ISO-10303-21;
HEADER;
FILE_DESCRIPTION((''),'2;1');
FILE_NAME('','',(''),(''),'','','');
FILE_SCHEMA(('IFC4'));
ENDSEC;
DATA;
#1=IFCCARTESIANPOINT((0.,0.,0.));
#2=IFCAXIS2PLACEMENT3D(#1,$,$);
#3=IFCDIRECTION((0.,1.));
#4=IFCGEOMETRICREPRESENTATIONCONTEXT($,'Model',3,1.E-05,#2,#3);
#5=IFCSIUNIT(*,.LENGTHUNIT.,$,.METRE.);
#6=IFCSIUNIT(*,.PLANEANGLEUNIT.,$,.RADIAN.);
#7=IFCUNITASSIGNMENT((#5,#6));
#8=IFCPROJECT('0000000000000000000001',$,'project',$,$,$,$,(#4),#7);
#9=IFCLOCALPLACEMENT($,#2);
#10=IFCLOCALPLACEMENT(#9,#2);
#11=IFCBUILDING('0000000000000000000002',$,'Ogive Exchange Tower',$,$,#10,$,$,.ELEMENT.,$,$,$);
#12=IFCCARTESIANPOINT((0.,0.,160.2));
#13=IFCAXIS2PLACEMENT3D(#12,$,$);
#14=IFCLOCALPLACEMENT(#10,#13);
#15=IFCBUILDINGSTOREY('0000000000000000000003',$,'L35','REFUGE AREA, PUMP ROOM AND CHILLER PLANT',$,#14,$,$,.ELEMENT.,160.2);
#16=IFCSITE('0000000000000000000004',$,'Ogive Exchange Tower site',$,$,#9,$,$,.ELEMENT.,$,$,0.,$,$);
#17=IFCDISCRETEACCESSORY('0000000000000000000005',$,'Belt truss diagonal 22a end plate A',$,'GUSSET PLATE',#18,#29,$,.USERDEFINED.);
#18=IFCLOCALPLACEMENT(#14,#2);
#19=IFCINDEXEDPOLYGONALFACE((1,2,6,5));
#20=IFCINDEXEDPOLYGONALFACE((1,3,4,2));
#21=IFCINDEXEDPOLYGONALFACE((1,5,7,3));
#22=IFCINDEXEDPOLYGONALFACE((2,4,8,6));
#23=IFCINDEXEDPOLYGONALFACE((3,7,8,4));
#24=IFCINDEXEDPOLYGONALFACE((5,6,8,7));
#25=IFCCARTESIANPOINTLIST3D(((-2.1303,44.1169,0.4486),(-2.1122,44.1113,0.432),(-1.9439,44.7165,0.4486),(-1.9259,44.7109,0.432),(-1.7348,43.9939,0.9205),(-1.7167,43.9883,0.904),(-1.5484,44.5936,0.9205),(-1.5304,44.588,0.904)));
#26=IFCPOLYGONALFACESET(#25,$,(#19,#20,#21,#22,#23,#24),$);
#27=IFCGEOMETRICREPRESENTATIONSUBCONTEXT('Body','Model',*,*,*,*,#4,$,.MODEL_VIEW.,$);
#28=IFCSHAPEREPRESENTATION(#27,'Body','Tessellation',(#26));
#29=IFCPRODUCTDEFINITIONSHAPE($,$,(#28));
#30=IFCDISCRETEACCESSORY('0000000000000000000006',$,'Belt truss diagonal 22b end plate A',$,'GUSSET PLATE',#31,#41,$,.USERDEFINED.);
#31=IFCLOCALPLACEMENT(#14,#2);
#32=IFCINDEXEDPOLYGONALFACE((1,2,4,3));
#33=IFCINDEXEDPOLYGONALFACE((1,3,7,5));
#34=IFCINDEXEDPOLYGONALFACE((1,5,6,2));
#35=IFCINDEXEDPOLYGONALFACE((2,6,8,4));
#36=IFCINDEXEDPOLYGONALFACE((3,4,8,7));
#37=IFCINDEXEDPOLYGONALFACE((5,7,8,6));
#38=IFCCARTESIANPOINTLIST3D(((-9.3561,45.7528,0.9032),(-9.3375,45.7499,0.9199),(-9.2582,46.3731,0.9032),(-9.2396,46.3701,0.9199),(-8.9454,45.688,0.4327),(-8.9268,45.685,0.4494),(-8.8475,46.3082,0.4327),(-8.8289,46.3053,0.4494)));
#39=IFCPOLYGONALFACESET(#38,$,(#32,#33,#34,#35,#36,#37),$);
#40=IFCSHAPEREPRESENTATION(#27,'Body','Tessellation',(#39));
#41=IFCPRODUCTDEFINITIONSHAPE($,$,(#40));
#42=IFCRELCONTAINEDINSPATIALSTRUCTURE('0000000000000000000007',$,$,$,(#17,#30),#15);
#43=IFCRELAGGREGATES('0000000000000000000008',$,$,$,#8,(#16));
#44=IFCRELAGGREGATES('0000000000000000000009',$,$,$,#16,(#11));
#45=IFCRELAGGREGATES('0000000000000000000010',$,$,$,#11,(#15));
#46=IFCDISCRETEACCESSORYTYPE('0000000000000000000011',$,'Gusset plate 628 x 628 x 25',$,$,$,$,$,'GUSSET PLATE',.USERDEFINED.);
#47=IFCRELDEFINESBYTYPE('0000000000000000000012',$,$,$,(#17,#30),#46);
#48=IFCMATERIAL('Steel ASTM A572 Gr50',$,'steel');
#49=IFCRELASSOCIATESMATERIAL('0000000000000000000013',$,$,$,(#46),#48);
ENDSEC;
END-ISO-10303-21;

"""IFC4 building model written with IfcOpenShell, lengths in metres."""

from ifc_helpers import new_model, si_unit, direction, frame, origin, origin_2d, place, context, subcontext, project, spatial, rectangle, extrude, material, material_profile, profile_set, type_object, element, save


model = new_model("IFC4")

# Units and contexts
model_context = context("Model", 3, precision=1e-05, world=origin(), true_north=direction((0.0, 1.0)))
body_context = subcontext(model_context, "Body", "Model", "MODEL_VIEW")
ifc_project = project(units=[si_unit("LENGTHUNIT", "METRE"), si_unit("PLANEANGLEUNIT", "RADIAN")], contexts=[model_context])

# Site, building, storey
site_placement = place(None, origin())
site = spatial("IfcSite", under=ifc_project, at=site_placement, Name="Ogive Exchange Tower site", CompositionType="ELEMENT", RefElevation=0.0)
building_placement = place(site_placement, origin())
building = spatial("IfcBuilding", under=site, at=building_placement, Name="Ogive Exchange Tower", CompositionType="ELEMENT")
storey_placement = place(building_placement, frame((0.0, 0.0, 160.2)))
storey = spatial("IfcBuildingStorey", under=building, at=storey_placement, Name="L35", Description="REFUGE AREA, PUMP ROOM AND CHILLER PLANT", CompositionType="ELEMENT", Elevation=160.2)

# Discrete accessories
ifc_material_1 = material(Name="Steel ASTM A572 Gr50", Category="steel")
ifc_material_profile_1 = material_profile(ifc_material_1, rectangle(XDim=0.6279, YDim=0.6279, at=origin_2d()), Name="PL 628 x 628 x 25")
ifc_profile_set_1 = profile_set([ifc_material_profile_1], Name="Steel ASTM A572 Gr50")
discrete_accessory_type_1 = type_object("IfcDiscreteAccessoryType", Name="Gusset plate 628 x 628 x 25", ElementType="GUSSET PLATE", PredefinedType="USERDEFINED", material=ifc_profile_set_1)
for number, where, z_axis, x_axis, name in (
    (1, (-1.8213, 44.3496, 0.668), (-0.71777, 0.223091, 0.659573), (-0.296805, -0.954938, 0.0), "Belt truss diagonal 22a end plate A"),
    (2, (-9.1018, 46.0305, 0.668), (0.740135, -0.116863, 0.662226), (0.155963, 0.987763, 0.0), "Belt truss diagonal 22b end plate A"),
):
    element("IfcDiscreteAccessory", number, at=place(storey_placement, frame(where, z_axis=z_axis, x_axis=x_axis)), inside=storey, type_object=discrete_accessory_type_1, Name=name, ObjectType="GUSSET PLATE", PredefinedType="USERDEFINED", context=body_context, shape_type="SweptSolid", body=[
        extrude(rectangle(XDim=0.6279, YDim=0.6279, at=origin_2d()), origin(), (0.0, 0.0, 1.0), 0.0251),
    ])

save(model, "model.ifc")
